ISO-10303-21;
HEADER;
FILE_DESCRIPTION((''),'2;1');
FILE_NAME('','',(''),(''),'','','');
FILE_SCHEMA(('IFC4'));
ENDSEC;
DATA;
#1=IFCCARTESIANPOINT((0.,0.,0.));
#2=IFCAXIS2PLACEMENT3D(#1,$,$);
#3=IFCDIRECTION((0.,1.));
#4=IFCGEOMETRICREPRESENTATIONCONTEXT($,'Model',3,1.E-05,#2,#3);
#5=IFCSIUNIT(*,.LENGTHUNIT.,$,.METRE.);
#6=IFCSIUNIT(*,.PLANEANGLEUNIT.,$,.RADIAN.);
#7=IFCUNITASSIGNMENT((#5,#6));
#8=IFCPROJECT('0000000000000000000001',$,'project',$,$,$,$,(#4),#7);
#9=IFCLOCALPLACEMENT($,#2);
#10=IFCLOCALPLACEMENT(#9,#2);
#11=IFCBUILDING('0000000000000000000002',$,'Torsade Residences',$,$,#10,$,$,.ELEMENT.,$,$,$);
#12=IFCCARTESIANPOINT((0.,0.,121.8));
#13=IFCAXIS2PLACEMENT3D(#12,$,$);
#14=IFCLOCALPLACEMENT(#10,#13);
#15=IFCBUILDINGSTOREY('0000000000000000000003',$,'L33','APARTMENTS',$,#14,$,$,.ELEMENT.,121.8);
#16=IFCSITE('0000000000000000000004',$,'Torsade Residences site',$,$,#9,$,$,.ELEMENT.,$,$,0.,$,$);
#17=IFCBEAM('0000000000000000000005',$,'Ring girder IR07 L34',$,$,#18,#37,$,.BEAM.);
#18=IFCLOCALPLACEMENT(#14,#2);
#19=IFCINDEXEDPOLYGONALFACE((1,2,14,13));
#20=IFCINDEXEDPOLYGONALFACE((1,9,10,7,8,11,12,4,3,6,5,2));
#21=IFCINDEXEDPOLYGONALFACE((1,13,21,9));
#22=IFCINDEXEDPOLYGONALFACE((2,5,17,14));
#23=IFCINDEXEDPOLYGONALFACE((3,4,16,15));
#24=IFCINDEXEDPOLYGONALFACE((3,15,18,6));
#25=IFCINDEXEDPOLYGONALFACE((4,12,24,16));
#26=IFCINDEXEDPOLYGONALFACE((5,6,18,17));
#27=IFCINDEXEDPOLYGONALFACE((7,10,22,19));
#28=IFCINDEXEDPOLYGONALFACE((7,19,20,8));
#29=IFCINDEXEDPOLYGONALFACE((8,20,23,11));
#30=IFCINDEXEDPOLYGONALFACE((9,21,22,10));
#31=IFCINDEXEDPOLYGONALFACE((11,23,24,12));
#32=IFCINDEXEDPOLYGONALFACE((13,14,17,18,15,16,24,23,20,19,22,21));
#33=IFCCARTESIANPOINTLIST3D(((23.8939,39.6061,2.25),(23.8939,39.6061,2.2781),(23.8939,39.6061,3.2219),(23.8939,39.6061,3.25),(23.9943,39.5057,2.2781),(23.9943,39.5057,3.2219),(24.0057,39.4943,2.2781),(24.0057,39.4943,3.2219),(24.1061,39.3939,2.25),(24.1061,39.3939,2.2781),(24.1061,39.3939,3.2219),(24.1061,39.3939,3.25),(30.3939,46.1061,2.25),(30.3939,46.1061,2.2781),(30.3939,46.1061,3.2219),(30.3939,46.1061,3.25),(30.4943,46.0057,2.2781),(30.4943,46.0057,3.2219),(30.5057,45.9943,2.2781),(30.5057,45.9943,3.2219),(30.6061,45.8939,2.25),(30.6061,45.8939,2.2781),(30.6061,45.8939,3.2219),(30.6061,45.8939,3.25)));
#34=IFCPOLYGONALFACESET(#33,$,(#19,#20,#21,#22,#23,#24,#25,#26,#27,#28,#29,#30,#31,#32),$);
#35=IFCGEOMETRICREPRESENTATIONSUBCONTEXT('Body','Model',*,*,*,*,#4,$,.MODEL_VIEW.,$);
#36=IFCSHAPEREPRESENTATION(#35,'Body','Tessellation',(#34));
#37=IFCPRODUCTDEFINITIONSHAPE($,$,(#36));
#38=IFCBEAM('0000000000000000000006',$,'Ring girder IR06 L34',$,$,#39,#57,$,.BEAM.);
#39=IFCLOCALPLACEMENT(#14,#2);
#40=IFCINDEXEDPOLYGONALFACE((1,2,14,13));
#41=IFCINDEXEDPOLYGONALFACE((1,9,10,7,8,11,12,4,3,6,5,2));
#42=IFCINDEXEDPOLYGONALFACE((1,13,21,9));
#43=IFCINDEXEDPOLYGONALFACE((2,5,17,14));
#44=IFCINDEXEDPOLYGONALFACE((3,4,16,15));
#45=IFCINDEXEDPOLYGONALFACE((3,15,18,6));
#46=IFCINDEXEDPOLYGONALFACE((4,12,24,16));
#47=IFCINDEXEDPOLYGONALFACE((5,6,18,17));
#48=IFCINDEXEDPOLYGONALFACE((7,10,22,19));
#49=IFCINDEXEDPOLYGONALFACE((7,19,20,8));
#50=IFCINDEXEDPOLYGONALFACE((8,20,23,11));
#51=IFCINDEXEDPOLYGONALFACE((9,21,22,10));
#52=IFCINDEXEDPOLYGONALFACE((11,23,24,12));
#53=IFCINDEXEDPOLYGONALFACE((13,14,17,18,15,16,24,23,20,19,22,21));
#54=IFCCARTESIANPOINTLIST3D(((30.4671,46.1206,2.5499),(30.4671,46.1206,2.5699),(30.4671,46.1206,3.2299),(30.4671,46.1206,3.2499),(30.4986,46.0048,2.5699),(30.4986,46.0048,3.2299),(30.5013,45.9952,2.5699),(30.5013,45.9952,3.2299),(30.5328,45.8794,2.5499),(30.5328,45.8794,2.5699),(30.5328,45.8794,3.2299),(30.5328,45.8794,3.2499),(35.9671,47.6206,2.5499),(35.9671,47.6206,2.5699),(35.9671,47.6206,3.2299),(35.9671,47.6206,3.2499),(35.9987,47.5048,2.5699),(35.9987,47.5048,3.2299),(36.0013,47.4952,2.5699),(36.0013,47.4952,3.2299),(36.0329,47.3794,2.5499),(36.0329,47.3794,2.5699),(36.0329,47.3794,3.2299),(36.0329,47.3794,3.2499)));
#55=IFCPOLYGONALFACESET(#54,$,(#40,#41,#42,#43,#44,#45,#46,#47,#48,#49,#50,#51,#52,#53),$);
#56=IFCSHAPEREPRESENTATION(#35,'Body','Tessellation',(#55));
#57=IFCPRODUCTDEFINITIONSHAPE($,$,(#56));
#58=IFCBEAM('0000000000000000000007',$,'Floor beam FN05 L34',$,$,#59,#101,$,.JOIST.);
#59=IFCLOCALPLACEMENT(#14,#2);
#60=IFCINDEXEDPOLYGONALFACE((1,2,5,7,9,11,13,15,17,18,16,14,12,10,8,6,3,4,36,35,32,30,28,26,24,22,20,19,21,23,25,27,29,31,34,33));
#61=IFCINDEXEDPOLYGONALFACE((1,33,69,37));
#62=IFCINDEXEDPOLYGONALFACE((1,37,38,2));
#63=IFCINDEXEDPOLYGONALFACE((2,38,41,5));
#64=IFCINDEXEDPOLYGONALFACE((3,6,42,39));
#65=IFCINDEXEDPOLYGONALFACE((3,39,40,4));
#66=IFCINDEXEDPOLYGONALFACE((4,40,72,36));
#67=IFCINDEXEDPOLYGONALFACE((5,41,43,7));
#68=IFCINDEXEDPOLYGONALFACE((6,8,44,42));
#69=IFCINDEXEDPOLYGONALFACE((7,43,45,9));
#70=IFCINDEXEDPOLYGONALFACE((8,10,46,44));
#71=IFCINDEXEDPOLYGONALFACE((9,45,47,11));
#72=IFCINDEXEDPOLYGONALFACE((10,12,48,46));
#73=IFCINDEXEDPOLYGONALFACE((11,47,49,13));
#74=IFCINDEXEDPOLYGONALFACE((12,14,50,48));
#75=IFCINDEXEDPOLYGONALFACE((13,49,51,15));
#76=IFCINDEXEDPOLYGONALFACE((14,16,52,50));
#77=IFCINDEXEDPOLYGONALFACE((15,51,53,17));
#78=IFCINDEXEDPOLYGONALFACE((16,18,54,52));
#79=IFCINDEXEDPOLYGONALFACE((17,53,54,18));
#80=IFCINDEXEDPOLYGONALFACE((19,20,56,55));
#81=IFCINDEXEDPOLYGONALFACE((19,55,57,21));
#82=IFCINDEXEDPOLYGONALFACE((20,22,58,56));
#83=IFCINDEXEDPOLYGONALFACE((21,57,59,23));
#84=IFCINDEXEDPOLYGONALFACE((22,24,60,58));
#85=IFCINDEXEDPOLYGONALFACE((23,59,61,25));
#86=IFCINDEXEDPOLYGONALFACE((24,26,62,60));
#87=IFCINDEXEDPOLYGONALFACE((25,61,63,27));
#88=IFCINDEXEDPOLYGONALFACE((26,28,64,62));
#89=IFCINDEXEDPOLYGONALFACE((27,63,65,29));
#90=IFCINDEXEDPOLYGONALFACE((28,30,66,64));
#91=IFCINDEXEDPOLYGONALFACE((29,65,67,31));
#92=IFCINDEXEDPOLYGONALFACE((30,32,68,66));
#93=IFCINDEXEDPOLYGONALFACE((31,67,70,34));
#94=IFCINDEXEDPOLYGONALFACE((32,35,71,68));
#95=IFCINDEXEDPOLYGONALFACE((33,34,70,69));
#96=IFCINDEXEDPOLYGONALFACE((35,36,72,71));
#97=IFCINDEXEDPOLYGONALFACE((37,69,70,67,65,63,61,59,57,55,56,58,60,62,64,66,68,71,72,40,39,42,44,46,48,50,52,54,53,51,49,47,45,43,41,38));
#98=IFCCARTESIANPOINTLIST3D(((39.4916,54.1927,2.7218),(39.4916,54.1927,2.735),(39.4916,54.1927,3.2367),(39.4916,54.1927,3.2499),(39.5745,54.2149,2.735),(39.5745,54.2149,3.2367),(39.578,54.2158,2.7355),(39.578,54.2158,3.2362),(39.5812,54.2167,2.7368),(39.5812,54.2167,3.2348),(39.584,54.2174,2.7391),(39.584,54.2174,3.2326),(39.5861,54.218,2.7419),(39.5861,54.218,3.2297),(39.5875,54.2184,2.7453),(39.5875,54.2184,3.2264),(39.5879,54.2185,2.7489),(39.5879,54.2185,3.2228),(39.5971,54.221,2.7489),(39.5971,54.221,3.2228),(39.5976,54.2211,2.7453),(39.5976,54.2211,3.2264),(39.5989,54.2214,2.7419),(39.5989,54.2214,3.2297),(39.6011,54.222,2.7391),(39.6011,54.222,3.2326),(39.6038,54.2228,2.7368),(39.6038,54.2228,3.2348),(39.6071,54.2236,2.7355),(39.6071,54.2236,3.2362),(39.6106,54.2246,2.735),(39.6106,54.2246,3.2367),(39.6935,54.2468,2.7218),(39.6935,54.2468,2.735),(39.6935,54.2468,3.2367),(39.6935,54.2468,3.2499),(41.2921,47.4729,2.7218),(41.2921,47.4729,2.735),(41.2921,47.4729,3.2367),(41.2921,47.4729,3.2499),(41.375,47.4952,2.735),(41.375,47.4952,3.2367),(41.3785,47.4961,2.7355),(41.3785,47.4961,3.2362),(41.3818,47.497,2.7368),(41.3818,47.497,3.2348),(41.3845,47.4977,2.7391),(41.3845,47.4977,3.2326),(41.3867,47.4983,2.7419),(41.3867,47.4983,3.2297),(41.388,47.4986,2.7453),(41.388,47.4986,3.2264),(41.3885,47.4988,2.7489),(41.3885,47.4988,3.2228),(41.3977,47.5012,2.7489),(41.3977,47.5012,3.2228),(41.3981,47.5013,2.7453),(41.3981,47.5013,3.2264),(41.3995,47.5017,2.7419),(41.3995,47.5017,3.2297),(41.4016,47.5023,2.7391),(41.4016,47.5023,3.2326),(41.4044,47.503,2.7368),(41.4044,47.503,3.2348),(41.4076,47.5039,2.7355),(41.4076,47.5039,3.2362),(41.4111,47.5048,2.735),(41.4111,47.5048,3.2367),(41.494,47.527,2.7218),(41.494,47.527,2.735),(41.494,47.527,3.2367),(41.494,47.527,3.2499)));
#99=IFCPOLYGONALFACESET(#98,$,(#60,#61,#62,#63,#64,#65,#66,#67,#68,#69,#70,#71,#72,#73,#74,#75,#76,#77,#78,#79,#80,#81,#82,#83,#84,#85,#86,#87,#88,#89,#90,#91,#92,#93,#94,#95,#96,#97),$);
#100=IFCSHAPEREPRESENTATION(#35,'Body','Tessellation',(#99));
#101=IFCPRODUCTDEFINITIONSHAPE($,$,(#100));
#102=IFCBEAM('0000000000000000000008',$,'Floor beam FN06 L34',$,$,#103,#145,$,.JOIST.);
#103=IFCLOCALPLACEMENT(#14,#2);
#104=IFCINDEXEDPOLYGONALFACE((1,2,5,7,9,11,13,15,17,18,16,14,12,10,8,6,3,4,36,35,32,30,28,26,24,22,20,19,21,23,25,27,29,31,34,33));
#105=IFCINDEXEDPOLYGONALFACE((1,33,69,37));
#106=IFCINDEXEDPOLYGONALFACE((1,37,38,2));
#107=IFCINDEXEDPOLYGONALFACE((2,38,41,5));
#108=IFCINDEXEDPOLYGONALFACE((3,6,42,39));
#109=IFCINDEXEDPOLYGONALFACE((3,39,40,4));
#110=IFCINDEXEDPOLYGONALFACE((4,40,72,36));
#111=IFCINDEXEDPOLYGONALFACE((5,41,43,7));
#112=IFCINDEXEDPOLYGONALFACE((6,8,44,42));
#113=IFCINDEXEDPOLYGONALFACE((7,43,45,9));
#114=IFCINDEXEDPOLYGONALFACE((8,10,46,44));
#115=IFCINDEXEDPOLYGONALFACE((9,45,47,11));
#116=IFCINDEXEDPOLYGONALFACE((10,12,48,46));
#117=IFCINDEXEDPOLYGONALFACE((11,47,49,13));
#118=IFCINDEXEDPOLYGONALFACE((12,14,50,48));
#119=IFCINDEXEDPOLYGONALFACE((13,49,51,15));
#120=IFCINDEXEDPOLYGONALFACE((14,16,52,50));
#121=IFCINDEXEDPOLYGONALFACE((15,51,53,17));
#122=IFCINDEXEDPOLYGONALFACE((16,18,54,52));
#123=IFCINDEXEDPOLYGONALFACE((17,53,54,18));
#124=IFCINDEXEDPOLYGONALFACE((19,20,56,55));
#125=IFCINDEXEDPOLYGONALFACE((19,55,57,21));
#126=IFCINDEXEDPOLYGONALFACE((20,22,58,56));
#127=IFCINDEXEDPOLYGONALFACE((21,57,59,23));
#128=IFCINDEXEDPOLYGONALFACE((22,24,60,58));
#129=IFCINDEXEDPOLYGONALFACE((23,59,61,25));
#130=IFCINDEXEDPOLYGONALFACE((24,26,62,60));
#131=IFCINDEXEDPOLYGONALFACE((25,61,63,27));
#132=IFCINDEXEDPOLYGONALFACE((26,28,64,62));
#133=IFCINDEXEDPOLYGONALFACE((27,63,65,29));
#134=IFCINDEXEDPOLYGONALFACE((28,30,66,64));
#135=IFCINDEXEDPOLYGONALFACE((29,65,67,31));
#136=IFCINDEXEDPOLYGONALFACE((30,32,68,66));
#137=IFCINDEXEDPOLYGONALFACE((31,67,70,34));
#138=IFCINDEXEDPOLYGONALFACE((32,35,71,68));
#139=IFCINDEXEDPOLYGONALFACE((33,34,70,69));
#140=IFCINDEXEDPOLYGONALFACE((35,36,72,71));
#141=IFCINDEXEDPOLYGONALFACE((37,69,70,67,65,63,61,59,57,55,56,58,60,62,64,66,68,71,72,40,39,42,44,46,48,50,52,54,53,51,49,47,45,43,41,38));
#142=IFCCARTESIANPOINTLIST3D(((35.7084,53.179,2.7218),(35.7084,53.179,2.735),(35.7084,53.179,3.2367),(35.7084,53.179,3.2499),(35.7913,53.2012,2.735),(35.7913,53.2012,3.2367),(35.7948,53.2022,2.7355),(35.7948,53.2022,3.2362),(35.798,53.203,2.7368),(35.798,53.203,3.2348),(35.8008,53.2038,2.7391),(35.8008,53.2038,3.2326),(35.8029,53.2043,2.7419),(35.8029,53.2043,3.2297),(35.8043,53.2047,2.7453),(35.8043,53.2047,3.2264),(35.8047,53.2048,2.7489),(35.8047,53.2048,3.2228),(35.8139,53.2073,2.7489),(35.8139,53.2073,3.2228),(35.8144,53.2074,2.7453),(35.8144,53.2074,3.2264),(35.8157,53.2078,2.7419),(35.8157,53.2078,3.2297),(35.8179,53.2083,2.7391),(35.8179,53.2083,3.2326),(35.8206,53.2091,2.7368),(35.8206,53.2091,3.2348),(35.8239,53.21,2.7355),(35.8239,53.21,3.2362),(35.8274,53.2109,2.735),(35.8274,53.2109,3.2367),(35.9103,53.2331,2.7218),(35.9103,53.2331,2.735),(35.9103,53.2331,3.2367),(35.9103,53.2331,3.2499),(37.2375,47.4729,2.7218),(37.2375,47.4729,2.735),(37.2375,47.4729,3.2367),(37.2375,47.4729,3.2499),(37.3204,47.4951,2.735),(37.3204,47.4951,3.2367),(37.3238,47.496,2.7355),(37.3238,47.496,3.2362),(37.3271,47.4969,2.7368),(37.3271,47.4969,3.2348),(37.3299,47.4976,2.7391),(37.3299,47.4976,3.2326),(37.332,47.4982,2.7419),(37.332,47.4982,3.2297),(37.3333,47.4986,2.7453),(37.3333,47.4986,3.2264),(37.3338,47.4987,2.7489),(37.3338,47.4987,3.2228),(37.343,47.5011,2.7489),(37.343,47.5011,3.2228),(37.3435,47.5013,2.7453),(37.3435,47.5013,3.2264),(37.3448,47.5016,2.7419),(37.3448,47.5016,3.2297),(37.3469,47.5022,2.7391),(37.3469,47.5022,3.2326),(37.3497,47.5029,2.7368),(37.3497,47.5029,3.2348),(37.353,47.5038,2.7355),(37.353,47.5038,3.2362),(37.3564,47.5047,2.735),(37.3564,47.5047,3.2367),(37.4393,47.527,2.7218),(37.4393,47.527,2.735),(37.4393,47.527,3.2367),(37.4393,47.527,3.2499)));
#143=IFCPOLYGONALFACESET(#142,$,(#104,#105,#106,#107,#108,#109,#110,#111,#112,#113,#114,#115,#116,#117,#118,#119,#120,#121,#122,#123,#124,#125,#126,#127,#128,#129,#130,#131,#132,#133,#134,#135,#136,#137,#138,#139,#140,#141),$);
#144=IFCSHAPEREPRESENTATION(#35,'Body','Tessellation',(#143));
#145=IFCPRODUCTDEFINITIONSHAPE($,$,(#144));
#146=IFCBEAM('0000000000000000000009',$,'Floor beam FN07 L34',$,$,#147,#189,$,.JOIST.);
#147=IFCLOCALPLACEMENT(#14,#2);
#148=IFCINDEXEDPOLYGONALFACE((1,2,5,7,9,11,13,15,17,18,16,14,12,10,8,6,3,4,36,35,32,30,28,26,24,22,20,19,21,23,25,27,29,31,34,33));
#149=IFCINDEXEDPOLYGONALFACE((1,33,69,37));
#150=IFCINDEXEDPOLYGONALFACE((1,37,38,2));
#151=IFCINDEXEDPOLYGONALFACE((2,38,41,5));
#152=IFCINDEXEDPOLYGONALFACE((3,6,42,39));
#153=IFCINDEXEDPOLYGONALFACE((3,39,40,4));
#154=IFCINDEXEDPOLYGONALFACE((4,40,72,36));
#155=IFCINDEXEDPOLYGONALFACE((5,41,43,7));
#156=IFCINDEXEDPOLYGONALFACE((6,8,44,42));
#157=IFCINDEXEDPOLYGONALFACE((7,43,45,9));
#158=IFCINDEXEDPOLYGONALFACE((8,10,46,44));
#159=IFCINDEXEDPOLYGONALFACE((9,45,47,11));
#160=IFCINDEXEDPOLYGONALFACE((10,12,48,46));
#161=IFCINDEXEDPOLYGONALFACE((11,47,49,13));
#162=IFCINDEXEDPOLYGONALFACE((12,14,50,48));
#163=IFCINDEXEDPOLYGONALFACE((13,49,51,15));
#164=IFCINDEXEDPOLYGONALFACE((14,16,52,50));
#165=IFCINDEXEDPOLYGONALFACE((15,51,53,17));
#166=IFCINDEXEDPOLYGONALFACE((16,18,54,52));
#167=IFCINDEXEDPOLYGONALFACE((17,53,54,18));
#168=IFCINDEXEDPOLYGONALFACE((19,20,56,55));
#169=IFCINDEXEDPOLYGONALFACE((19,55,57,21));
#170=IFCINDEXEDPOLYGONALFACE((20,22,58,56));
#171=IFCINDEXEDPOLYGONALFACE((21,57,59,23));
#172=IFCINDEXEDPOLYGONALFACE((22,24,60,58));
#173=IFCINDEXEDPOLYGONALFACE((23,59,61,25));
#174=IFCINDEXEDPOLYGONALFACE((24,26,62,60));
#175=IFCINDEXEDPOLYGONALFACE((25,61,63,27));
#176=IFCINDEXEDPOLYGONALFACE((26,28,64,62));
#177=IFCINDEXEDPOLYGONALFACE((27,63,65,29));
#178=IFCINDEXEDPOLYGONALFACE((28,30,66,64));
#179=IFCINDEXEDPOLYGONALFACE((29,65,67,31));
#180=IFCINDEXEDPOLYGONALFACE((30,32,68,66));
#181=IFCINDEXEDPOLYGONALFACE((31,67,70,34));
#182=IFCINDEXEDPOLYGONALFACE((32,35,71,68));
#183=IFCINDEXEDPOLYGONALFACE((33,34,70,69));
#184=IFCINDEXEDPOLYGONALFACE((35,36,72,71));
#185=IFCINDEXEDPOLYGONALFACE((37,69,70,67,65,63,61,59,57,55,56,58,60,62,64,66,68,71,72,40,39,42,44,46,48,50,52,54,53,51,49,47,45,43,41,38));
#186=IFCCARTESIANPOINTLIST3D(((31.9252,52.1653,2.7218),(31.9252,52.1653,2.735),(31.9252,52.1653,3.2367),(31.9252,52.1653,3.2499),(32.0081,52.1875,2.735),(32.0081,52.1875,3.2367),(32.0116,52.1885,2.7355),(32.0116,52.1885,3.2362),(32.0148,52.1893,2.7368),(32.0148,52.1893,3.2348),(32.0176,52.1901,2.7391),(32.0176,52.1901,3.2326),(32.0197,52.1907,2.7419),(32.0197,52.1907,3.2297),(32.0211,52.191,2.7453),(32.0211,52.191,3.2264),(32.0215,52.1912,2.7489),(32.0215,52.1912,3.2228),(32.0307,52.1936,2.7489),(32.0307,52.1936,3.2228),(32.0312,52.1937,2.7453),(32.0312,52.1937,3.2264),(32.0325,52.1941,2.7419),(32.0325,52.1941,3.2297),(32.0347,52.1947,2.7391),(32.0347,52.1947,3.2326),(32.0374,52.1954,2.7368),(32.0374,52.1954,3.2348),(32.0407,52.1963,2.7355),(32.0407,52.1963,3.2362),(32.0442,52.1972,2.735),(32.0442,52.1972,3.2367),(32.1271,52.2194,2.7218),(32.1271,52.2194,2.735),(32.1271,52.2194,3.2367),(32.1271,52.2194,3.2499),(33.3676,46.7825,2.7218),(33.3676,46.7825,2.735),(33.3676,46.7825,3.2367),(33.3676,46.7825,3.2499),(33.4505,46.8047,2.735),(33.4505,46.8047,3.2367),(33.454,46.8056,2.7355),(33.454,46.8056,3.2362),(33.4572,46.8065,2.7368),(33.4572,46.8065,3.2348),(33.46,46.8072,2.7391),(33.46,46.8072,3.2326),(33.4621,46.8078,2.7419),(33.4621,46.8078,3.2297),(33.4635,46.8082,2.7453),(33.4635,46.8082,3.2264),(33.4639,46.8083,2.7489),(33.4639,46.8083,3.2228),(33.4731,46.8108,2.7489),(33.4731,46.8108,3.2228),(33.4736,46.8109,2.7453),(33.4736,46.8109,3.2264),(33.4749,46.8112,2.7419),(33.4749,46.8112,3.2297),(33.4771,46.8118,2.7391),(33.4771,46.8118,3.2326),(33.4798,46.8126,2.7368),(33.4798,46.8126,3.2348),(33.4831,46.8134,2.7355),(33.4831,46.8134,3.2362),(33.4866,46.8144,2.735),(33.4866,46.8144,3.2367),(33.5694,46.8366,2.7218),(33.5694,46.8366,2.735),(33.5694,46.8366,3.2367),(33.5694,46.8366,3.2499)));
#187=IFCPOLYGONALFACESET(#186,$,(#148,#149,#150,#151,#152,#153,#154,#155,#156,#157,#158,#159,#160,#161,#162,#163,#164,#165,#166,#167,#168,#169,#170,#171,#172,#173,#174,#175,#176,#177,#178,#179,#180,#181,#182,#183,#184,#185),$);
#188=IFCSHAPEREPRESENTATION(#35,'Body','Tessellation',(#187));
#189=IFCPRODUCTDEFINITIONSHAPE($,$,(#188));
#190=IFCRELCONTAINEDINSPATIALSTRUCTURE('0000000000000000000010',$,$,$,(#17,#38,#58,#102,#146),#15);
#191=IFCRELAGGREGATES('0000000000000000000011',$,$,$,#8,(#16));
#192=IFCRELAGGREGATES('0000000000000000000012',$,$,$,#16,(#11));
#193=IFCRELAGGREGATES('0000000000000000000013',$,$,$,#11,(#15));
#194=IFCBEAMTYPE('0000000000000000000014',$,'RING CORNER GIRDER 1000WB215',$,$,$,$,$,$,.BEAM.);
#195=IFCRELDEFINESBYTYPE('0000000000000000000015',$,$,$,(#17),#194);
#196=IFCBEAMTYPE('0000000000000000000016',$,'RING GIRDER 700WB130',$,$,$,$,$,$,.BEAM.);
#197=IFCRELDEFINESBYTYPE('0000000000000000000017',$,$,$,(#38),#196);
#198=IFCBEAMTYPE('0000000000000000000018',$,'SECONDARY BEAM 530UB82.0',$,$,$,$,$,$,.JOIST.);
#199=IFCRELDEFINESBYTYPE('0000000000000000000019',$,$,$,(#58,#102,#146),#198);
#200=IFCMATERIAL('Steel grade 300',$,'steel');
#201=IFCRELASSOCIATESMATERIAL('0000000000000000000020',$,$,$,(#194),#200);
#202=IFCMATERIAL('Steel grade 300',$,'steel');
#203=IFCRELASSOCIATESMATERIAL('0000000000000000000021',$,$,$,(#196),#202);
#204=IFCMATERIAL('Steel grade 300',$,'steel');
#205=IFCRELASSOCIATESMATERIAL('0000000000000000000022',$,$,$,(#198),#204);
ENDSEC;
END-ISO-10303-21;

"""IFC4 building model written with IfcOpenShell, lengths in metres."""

from ifc_helpers import new_model, si_unit, direction, frame, origin, origin_2d, place, context, subcontext, project, spatial, i_section, extrude, material, material_profile, profile_set, type_object, element, save


model = new_model("IFC4")

# Units and contexts
model_context = context("Model", 3, precision=1e-05, world=origin(), true_north=direction((0.0, 1.0)))
body_context = subcontext(model_context, "Body", "Model", "MODEL_VIEW")
ifc_project = project(units=[si_unit("LENGTHUNIT", "METRE"), si_unit("PLANEANGLEUNIT", "RADIAN")], contexts=[model_context])

# Site, building, storey
site_placement = place(None, origin())
site = spatial("IfcSite", under=ifc_project, at=site_placement, Name="Torsade Residences site", CompositionType="ELEMENT", RefElevation=0.0)
building_placement = place(site_placement, origin())
building = spatial("IfcBuilding", under=site, at=building_placement, Name="Torsade Residences", CompositionType="ELEMENT")
storey_placement = place(building_placement, frame((0.0, 0.0, 121.8)))
storey = spatial("IfcBuildingStorey", under=building, at=storey_placement, Name="L33", Description="APARTMENTS", CompositionType="ELEMENT", Elevation=121.8)

# Beams
ifc_material_1 = material(Name="Steel grade 300", Category="steel")
ifc_material_profile_1 = material_profile(ifc_material_1, i_section(OverallWidth=0.3, OverallDepth=1.0, WebThickness=0.0161, FlangeThickness=0.0281, at=origin_2d()), Name="1000WB215")
ifc_profile_set_1 = profile_set([ifc_material_profile_1], Name="Steel grade 300")
beam_type_1 = type_object("IfcBeamType", Name="RING CORNER GIRDER 1000WB215", PredefinedType="BEAM", material=ifc_profile_set_1)
beam_1_placement = place(storey_placement, frame((30.5, 46.0, 2.75), z_axis=(-0.707107, -0.707107, 0.0), x_axis=(0.707107, -0.707107, 0.0)))
element("IfcBeam", 1, at=beam_1_placement, inside=storey, type_object=beam_type_1, Name="Ring girder IR07 L34", PredefinedType="BEAM", context=body_context, shape_type="SweptSolid", body=[
    extrude(i_section(OverallWidth=0.3, OverallDepth=1.0, WebThickness=0.0161, FlangeThickness=0.0281, at=origin_2d()), origin(), (0.0, 0.0, 1.0), 9.1924),
])
ifc_material_2 = material(Name="Steel grade 300", Category="steel")
ifc_material_profile_2 = material_profile(ifc_material_2, i_section(OverallWidth=0.25, OverallDepth=0.7, WebThickness=0.01, FlangeThickness=0.02, at=origin_2d()), Name="700WB130")
ifc_profile_set_2 = profile_set([ifc_material_profile_2], Name="Steel grade 300")
beam_type_2 = type_object("IfcBeamType", Name="RING GIRDER 700WB130", PredefinedType="BEAM", material=ifc_profile_set_2)
beam_2_placement = place(storey_placement, frame((36.0, 47.5, 2.8999), z_axis=(-0.964764, -0.263117, 0.0), x_axis=(0.263117, -0.964764, 0.0)))
element("IfcBeam", 2, at=beam_2_placement, inside=storey, type_object=beam_type_2, Name="Ring girder IR06 L34", PredefinedType="BEAM", context=body_context, shape_type="SweptSolid", body=[
    extrude(i_section(OverallWidth=0.25, OverallDepth=0.7, WebThickness=0.01, FlangeThickness=0.02, at=origin_2d()), origin(), (0.0, 0.0, 1.0), 5.7009),
])
ifc_material_3 = material(Name="Steel grade 300", Category="steel")
ifc_material_profile_3 = material_profile(ifc_material_3, i_section(OverallWidth=0.209, OverallDepth=0.5281, WebThickness=0.0095, FlangeThickness=0.0132, FilletRadius=0.0139, at=origin_2d()), Name="530UB82.0")
ifc_profile_set_3 = profile_set([ifc_material_profile_3], Name="Steel grade 300")
beam_type_3 = type_object("IfcBeamType", Name="SECONDARY BEAM 530UB82.0", PredefinedType="JOIST", material=ifc_profile_set_3)
beam_3_placement = place(storey_placement, frame((39.5925, 54.2197, 2.9858), z_axis=(0.258818, -0.965926, 0.0), x_axis=(0.965926, 0.258818, 0.0)))
element("IfcBeam", 3, at=beam_3_placement, inside=storey, type_object=beam_type_3, Name="Floor beam FN05 L34", PredefinedType="JOIST", context=body_context, shape_type="SweptSolid", body=[
    extrude(i_section(OverallWidth=0.209, OverallDepth=0.5281, WebThickness=0.0095, FlangeThickness=0.0132, FilletRadius=0.0139, at=origin_2d()), origin(), (0.0, 0.0, 1.0), 6.9568),
])
beam_4_placement = place(storey_placement, frame((35.8093, 53.2061, 2.9858), z_axis=(0.258838, -0.965921, 0.0), x_axis=(0.965921, 0.258838, 0.0)))
element("IfcBeam", 4, at=beam_4_placement, inside=storey, type_object=beam_type_3, Name="Floor beam FN06 L34", PredefinedType="JOIST", context=body_context, shape_type="SweptSolid", body=[
    extrude(i_section(OverallWidth=0.209, OverallDepth=0.5281, WebThickness=0.0095, FlangeThickness=0.0132, FilletRadius=0.0139, at=origin_2d()), origin(), (0.0, 0.0, 1.0), 5.9075),
])
beam_5_placement = place(storey_placement, frame((32.0261, 52.1924, 2.9858), z_axis=(0.25883, -0.965923, 0.0), x_axis=(0.965923, 0.25883, 0.0)))
element("IfcBeam", 5, at=beam_5_placement, inside=storey, type_object=beam_type_3, Name="Floor beam FN07 L34", PredefinedType="JOIST", context=body_context, shape_type="SweptSolid", body=[
    extrude(i_section(OverallWidth=0.209, OverallDepth=0.5281, WebThickness=0.0095, FlangeThickness=0.0132, FilletRadius=0.0139, at=origin_2d()), origin(), (0.0, 0.0, 1.0), 5.5728),
])

save(model, "model.ifc")
